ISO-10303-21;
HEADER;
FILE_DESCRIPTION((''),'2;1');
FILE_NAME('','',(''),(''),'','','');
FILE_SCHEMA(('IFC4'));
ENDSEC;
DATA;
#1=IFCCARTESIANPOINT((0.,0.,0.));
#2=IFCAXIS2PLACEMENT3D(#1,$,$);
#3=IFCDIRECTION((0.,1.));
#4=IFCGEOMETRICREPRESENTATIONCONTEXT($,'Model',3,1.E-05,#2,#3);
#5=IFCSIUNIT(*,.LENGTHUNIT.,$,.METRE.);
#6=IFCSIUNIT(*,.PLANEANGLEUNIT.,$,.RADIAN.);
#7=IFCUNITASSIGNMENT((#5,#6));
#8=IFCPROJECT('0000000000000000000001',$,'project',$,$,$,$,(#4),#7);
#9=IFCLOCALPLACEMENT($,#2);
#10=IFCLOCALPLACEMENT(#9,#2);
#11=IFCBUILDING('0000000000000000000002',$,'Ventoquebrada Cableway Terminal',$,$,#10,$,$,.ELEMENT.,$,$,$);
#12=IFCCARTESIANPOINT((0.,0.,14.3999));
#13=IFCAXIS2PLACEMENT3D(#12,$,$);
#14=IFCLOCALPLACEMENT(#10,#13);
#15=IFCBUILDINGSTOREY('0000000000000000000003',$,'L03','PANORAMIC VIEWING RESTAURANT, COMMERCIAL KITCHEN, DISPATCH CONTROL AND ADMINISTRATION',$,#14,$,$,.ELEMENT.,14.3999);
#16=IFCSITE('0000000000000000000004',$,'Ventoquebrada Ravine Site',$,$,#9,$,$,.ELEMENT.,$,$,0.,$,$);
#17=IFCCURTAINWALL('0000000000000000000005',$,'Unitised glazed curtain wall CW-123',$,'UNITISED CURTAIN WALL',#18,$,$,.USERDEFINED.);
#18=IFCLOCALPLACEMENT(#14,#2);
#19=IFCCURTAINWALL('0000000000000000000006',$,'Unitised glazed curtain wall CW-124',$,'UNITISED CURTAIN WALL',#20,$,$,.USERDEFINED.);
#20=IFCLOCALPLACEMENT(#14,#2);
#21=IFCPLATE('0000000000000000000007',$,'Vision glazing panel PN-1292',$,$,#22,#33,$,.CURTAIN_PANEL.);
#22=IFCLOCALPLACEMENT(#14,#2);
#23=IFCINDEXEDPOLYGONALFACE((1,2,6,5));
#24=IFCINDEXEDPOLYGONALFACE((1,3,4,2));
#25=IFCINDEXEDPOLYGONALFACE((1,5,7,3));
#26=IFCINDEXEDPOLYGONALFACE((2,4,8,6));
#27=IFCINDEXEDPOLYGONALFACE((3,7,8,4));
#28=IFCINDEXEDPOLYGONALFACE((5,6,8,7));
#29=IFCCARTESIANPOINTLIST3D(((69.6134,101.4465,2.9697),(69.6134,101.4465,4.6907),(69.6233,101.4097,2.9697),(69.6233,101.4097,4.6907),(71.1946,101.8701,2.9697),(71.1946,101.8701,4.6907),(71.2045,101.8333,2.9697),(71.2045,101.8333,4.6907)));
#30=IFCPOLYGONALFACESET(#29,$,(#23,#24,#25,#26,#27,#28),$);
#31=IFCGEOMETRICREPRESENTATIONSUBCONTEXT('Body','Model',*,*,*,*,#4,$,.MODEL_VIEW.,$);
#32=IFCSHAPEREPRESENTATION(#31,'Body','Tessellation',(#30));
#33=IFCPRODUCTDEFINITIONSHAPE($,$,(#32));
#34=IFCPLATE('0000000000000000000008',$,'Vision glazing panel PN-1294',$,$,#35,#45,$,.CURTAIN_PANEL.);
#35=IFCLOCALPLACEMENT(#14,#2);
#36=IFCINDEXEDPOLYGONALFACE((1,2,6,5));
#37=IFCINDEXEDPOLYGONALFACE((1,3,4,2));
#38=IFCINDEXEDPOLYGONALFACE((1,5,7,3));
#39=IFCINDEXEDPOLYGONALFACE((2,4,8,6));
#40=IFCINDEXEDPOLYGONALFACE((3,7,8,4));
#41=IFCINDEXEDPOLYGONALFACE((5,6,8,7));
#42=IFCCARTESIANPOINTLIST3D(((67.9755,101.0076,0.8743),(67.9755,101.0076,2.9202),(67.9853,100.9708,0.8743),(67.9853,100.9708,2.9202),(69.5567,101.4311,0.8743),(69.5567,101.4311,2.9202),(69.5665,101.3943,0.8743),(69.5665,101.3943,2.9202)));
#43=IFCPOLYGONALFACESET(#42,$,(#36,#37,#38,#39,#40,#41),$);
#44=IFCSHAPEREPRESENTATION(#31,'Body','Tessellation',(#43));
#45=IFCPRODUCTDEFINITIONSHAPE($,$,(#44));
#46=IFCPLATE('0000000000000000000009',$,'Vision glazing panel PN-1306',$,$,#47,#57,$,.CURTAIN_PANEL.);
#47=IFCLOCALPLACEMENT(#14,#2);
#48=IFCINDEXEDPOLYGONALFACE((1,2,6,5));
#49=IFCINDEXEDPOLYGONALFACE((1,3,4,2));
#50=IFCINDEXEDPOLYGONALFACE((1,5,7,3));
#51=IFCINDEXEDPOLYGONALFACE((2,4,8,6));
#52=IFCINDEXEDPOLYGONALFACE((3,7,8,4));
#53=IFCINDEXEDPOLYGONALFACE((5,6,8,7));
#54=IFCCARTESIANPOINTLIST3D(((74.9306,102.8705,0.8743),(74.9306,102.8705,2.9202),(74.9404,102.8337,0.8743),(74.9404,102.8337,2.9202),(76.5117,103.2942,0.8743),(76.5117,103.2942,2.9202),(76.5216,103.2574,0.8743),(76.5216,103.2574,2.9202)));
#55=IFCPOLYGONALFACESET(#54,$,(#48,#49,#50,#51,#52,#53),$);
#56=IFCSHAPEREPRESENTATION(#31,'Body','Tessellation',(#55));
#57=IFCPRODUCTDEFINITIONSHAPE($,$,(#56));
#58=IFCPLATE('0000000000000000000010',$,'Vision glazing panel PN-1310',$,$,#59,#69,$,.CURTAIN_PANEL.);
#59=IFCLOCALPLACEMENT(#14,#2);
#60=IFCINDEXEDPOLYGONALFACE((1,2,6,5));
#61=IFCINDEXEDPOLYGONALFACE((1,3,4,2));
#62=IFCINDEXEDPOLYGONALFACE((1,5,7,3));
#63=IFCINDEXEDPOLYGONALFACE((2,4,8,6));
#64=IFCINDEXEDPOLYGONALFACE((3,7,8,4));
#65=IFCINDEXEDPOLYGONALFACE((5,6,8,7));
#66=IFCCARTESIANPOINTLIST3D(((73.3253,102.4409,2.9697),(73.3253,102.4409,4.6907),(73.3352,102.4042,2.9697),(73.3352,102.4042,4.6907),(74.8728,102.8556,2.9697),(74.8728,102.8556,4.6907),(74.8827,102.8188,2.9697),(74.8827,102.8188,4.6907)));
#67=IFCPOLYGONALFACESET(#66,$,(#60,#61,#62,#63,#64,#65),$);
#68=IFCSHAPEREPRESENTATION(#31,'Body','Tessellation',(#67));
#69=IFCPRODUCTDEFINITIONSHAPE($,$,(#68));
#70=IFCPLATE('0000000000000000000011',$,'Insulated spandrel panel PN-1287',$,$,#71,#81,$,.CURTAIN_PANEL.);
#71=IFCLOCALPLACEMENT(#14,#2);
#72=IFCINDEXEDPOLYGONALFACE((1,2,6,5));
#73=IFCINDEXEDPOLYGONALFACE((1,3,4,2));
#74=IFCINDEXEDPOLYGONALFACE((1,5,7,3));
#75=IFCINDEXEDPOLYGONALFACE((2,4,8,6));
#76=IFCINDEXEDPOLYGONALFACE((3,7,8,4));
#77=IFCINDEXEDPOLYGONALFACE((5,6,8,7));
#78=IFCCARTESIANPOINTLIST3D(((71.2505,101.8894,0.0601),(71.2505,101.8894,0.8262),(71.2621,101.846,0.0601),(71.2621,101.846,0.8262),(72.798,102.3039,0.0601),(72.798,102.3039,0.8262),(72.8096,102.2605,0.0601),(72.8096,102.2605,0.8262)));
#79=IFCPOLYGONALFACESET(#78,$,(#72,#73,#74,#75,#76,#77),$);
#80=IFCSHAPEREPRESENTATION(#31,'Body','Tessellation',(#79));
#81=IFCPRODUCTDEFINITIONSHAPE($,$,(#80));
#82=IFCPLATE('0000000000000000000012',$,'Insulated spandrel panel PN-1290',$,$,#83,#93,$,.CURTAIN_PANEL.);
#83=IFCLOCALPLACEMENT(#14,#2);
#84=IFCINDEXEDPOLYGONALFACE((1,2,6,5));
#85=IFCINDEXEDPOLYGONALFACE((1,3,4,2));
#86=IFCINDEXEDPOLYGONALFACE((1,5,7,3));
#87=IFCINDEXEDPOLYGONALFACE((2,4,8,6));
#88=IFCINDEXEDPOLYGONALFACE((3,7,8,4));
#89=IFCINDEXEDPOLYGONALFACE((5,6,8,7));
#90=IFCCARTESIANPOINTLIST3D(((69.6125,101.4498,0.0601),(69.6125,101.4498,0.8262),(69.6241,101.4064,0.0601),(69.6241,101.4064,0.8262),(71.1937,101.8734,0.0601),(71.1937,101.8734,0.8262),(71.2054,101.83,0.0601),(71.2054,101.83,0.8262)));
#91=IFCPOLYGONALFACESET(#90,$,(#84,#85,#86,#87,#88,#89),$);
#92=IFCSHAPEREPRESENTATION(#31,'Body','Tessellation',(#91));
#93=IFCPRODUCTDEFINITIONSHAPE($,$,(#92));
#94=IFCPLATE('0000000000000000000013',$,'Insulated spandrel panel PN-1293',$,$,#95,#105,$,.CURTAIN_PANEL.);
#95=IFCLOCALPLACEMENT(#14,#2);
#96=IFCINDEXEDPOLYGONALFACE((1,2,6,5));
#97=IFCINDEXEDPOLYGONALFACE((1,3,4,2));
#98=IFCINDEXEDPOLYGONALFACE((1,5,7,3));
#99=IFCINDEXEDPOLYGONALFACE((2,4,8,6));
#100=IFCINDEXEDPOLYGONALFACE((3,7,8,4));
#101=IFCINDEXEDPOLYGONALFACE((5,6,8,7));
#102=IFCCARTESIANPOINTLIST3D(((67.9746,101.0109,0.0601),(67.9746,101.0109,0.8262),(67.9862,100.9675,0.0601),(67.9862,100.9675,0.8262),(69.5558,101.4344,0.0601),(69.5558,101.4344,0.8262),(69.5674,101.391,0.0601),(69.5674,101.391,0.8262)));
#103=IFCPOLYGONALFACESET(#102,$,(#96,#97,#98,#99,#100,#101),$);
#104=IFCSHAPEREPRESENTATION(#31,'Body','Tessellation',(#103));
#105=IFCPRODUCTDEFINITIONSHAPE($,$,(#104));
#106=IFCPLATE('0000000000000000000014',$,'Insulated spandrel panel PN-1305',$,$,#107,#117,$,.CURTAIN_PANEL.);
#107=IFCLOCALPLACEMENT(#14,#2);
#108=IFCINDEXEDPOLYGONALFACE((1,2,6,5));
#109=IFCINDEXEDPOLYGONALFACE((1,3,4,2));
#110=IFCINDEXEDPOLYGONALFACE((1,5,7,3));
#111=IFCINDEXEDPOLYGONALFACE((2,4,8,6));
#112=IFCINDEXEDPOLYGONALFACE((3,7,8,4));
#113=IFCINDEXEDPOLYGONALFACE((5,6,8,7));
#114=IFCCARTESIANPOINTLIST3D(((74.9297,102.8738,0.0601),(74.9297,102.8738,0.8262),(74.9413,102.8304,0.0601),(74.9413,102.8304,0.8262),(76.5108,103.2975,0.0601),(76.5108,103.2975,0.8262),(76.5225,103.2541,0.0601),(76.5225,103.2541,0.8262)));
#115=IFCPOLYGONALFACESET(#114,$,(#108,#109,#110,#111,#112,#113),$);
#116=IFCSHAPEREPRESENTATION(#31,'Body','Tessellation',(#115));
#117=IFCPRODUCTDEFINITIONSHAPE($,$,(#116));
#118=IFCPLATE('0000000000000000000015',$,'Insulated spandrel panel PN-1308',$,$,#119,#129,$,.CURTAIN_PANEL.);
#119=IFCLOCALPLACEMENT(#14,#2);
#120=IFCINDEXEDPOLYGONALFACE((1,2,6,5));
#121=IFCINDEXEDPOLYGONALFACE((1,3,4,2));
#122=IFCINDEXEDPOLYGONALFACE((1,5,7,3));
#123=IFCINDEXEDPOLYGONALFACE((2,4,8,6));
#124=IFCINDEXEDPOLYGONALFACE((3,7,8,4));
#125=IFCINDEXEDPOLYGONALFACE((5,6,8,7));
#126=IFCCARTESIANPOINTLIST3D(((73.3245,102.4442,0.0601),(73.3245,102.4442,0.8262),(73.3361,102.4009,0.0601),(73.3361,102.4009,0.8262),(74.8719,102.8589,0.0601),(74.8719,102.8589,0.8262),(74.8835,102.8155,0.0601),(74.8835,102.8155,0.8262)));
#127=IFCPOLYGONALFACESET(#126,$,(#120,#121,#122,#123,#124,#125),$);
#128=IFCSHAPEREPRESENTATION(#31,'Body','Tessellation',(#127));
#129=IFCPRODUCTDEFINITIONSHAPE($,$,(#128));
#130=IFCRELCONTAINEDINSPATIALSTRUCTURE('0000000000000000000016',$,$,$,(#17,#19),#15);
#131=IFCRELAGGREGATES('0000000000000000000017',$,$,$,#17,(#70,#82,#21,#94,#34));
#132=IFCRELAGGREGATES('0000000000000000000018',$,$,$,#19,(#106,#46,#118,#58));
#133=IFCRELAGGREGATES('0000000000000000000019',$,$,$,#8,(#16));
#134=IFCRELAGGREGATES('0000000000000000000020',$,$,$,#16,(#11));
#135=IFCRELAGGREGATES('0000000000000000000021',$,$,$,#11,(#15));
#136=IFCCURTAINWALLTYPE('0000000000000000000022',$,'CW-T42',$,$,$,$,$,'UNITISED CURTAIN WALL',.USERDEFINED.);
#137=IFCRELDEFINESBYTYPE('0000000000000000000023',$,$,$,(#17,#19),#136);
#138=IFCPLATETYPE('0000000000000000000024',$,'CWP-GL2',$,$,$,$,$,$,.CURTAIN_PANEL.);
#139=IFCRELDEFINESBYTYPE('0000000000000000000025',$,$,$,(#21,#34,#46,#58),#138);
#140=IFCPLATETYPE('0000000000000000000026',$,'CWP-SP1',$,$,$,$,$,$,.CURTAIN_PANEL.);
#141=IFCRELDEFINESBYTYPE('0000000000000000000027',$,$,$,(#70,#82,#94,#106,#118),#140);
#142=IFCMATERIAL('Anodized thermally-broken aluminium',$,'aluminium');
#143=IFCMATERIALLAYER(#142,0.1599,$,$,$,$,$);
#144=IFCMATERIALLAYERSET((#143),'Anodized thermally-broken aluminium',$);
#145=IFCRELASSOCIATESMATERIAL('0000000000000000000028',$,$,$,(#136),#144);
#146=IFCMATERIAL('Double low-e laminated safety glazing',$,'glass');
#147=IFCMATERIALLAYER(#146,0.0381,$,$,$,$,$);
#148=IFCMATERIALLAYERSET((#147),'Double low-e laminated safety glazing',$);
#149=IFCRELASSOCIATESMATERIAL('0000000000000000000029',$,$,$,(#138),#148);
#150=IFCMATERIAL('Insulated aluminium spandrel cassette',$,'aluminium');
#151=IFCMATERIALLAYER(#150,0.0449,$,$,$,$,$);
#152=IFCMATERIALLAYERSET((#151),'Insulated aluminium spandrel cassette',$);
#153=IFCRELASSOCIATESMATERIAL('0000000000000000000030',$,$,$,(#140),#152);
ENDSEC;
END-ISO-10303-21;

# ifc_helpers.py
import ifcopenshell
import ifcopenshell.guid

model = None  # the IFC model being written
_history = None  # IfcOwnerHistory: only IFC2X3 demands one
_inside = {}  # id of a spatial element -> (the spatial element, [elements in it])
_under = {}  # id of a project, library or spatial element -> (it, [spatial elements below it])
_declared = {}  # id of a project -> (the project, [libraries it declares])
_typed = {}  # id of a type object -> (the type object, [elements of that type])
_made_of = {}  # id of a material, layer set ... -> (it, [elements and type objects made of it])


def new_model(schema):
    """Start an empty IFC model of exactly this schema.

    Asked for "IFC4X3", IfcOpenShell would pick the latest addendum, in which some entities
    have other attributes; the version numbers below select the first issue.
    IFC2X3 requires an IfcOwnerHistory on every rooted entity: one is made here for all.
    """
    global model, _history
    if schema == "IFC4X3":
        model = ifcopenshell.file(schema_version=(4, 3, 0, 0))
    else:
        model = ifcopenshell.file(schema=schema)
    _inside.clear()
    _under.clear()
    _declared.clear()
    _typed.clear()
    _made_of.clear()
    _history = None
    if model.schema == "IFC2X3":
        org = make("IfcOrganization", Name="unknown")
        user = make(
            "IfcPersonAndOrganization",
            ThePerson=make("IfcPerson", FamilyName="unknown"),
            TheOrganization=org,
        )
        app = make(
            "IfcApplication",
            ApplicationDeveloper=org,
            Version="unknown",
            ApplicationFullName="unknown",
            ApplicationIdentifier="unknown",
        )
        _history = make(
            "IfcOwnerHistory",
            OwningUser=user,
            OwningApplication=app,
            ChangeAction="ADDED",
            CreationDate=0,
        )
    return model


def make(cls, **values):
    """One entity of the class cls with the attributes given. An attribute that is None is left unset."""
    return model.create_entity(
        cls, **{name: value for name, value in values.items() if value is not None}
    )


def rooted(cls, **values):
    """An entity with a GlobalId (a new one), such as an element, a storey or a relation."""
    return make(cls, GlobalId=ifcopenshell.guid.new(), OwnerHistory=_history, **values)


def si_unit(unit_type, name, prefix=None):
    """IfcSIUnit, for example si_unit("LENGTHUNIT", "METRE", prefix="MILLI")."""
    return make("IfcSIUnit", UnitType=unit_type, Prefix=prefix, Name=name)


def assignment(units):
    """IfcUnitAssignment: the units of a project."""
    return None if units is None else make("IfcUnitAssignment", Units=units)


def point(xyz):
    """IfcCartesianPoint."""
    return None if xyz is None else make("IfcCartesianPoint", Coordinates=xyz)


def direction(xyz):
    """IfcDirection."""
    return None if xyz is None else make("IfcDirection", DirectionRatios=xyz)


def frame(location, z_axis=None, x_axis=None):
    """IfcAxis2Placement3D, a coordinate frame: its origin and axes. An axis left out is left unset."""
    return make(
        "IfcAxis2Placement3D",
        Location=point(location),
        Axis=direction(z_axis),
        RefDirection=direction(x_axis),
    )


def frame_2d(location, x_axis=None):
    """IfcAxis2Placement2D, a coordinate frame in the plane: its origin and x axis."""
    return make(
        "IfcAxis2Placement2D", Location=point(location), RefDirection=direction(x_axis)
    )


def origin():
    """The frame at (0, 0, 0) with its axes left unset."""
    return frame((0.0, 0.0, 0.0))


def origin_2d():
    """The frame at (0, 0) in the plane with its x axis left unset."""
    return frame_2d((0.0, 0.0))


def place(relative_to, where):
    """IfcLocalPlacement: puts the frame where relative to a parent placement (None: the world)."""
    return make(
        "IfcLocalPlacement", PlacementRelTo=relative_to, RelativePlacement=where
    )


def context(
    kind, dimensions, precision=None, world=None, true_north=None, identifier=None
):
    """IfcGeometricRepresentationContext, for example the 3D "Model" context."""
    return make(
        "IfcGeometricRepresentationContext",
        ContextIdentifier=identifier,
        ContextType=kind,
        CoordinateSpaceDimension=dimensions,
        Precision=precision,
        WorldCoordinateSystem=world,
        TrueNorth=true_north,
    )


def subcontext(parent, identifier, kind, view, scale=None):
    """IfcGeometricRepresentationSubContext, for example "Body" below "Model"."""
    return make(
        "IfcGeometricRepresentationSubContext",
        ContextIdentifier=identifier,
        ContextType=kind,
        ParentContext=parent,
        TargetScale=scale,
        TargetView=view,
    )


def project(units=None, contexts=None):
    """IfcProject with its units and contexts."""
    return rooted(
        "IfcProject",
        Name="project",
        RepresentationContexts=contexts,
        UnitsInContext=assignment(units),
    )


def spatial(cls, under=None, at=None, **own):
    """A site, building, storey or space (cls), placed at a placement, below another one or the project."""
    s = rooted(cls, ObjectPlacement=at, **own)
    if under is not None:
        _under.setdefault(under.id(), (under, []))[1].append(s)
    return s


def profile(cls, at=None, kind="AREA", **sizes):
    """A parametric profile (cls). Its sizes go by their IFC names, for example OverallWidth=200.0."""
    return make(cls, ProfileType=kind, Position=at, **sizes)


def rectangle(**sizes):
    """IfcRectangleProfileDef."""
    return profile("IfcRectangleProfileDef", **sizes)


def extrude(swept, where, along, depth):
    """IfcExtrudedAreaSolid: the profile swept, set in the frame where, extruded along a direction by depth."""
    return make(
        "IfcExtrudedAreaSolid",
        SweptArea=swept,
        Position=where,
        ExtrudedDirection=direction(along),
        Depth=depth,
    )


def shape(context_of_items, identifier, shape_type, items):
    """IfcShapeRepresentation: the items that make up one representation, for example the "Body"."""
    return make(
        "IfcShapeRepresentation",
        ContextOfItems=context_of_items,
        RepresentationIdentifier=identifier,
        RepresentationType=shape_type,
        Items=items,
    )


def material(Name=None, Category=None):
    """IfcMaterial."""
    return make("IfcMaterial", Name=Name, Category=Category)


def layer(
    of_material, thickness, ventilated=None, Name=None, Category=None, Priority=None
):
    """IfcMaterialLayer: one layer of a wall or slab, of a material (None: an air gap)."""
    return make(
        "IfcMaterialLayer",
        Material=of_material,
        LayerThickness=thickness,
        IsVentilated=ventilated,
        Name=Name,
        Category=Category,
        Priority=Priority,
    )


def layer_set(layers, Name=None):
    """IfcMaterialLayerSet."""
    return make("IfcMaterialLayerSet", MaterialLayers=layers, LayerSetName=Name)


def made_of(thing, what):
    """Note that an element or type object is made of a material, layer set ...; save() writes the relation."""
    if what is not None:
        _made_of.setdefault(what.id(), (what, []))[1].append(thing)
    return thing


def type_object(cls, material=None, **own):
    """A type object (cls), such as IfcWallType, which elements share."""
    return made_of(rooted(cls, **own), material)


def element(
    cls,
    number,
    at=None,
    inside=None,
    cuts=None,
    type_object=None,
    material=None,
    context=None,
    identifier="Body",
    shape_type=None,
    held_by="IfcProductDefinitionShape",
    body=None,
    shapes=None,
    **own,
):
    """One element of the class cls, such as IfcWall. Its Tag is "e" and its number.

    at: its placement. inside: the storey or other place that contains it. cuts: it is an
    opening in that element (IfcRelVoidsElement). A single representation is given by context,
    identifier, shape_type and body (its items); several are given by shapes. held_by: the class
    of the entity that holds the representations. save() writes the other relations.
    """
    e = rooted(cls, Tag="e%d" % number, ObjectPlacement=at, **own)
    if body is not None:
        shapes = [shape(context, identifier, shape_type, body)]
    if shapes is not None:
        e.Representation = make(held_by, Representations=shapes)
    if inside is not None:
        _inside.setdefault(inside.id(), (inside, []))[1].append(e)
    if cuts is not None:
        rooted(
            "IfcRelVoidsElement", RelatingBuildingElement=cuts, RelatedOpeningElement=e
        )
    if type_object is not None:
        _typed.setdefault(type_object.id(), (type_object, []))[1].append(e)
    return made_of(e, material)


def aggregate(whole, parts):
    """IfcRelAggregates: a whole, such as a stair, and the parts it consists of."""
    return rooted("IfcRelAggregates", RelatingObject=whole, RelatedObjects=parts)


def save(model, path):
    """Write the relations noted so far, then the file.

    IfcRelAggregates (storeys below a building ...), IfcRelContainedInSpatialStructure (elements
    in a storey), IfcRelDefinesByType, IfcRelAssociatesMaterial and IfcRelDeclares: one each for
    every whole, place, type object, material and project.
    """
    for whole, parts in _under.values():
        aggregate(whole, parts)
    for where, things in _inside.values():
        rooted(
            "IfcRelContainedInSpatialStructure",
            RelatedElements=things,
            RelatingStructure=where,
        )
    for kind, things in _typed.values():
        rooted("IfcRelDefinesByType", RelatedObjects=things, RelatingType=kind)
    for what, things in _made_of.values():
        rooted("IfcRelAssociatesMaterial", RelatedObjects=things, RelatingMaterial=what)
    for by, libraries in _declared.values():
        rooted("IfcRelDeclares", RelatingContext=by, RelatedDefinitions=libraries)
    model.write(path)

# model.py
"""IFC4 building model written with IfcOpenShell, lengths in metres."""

from ifc_helpers import new_model, si_unit, direction, frame, origin, origin_2d, place, context, subcontext, project, spatial, rectangle, extrude, material, layer, layer_set, type_object, element, aggregate, save


model = new_model("IFC4")

# Units and contexts
model_context = context("Model", 3, precision=1e-05, world=origin(), true_north=direction((0.0, 1.0)))
body_context = subcontext(model_context, "Body", "Model", "MODEL_VIEW")
ifc_project = project(units=[si_unit("LENGTHUNIT", "METRE"), si_unit("PLANEANGLEUNIT", "RADIAN")], contexts=[model_context])

# Site, building, storey
site_placement = place(None, origin())
site = spatial("IfcSite", under=ifc_project, at=site_placement, Name="Ventoquebrada Ravine Site", CompositionType="ELEMENT", RefElevation=0.0)
building_placement = place(site_placement, origin())
building = spatial("IfcBuilding", under=site, at=building_placement, Name="Ventoquebrada Cableway Terminal", CompositionType="ELEMENT")
storey_placement = place(building_placement, frame((0.0, 0.0, 14.3999)))
storey = spatial("IfcBuildingStorey", under=building, at=storey_placement, Name="L03", Description="PANORAMIC VIEWING RESTAURANT, COMMERCIAL KITCHEN, DISPATCH CONTROL AND ADMINISTRATION", CompositionType="ELEMENT", Elevation=14.3999)

# Curtain walls
ifc_material_1 = material(Name="Anodized thermally-broken aluminium", Category="aluminium")
ifc_layer_1 = layer(ifc_material_1, 0.1599)
ifc_layer_set_1 = layer_set([ifc_layer_1], Name="Anodized thermally-broken aluminium")
curtain_wall_type = type_object("IfcCurtainWallType", Name="CW-T42", ElementType="UNITISED CURTAIN WALL", PredefinedType="USERDEFINED", material=ifc_layer_set_1)
curtain_wall_1_placement = place(storey_placement, origin())
curtain_wall_1 = element("IfcCurtainWall", 1, at=curtain_wall_1_placement, inside=storey, type_object=curtain_wall_type, Name="Unitised glazed curtain wall CW-123", ObjectType="UNITISED CURTAIN WALL", PredefinedType="USERDEFINED")
curtain_wall_2_placement = place(storey_placement, origin())
curtain_wall_2 = element("IfcCurtainWall", 2, at=curtain_wall_2_placement, inside=storey, type_object=curtain_wall_type, Name="Unitised glazed curtain wall CW-124", ObjectType="UNITISED CURTAIN WALL", PredefinedType="USERDEFINED")

# Plates
ifc_material_2 = material(Name="Double low-e laminated safety glazing", Category="glass")
ifc_layer_2 = layer(ifc_material_2, 0.0381)
ifc_layer_set_2 = layer_set([ifc_layer_2], Name="Double low-e laminated safety glazing")
plate_type_1 = type_object("IfcPlateType", Name="CWP-GL2", PredefinedType="CURTAIN_PANEL", material=ifc_layer_set_2)
plate_1_placement = place(storey_placement, frame((70.4089, 101.6399, 2.9697), z_axis=(0.0, 0.0, 1.0), x_axis=(-0.965948, -0.258735, 0.0)))
plate_1 = element("IfcPlate", 3, at=plate_1_placement, type_object=plate_type_1, Name="Vision glazing panel PN-1292", PredefinedType="CURTAIN_PANEL", context=body_context, shape_type="SweptSolid", body=[
    extrude(rectangle(XDim=1.637, YDim=0.0381, at=origin_2d()), origin(), (0.0, 0.0, 1.0), 1.7209),
])
plate_2_placement = place(storey_placement, frame((68.771, 101.2009, 0.8743), z_axis=(0.0, 0.0, 1.0), x_axis=(-0.965948, -0.258735, 0.0)))
plate_2 = element("IfcPlate", 4, at=plate_2_placement, type_object=plate_type_1, Name="Vision glazing panel PN-1294", PredefinedType="CURTAIN_PANEL", context=body_context, shape_type="SweptSolid", body=[
    extrude(rectangle(XDim=1.637, YDim=0.0381, at=origin_2d()), origin(), (0.0, 0.0, 1.0), 2.0459),
])
plate_3_placement = place(storey_placement, frame((75.7261, 103.064, 0.8743), z_axis=(0.0, 0.0, 1.0), x_axis=(-0.965921, -0.258836, 0.0)))
plate_3 = element("IfcPlate", 5, at=plate_3_placement, type_object=plate_type_1, Name="Vision glazing panel PN-1306", PredefinedType="CURTAIN_PANEL", context=body_context, shape_type="SweptSolid", body=[
    extrude(rectangle(XDim=1.637, YDim=0.0381, at=origin_2d()), origin(), (0.0, 0.0, 1.0), 2.0459),
])
plate_4_placement = place(storey_placement, frame((74.104, 102.6299, 2.9697), z_axis=(0.0, 0.0, 1.0), x_axis=(-0.965921, -0.258836, 0.0)))
plate_4 = element("IfcPlate", 6, at=plate_4_placement, type_object=plate_type_1, Name="Vision glazing panel PN-1310", PredefinedType="CURTAIN_PANEL", context=body_context, shape_type="SweptSolid", body=[
    extrude(rectangle(XDim=1.6021, YDim=0.0381, at=origin_2d()), origin(), (0.0, 0.0, 1.0), 1.7209),
])
ifc_material_3 = material(Name="Insulated aluminium spandrel cassette", Category="aluminium")
ifc_layer_3 = layer(ifc_material_3, 0.0449)
ifc_layer_set_3 = layer_set([ifc_layer_3], Name="Insulated aluminium spandrel cassette")
plate_type_2 = type_object("IfcPlateType", Name="CWP-SP1", PredefinedType="CURTAIN_PANEL", material=ifc_layer_set_3)
plate_5_placement = place(storey_placement, frame((72.03, 102.075, 0.0601), z_axis=(0.0, 0.0, 1.0), x_axis=(-0.965948, -0.258735, 0.0)))
plate_5 = element("IfcPlate", 7, at=plate_5_placement, type_object=plate_type_2, Name="Insulated spandrel panel PN-1287", PredefinedType="CURTAIN_PANEL", context=body_context, shape_type="SweptSolid", body=[
    extrude(rectangle(XDim=1.6021, YDim=0.0449, at=origin_2d()), origin(), (0.0, 0.0, 1.0), 0.7661),
])
plate_6_placement = place(storey_placement, frame((70.4089, 101.6399, 0.0601), z_axis=(0.0, 0.0, 1.0), x_axis=(-0.965948, -0.258735, 0.0)))
plate_6 = element("IfcPlate", 8, at=plate_6_placement, type_object=plate_type_2, Name="Insulated spandrel panel PN-1290", PredefinedType="CURTAIN_PANEL", context=body_context, shape_type="SweptSolid", body=[
    extrude(rectangle(XDim=1.637, YDim=0.0449, at=origin_2d()), origin(), (0.0, 0.0, 1.0), 0.7661),
])
plate_7_placement = place(storey_placement, frame((68.771, 101.2009, 0.0601), z_axis=(0.0, 0.0, 1.0), x_axis=(-0.965948, -0.258735, 0.0)))
plate_7 = element("IfcPlate", 9, at=plate_7_placement, type_object=plate_type_2, Name="Insulated spandrel panel PN-1293", PredefinedType="CURTAIN_PANEL", context=body_context, shape_type="SweptSolid", body=[
    extrude(rectangle(XDim=1.637, YDim=0.0449, at=origin_2d()), origin(), (0.0, 0.0, 1.0), 0.7661),
])
aggregate(curtain_wall_1, [plate_5, plate_6, plate_1, plate_7, plate_2])
plate_8_placement = place(storey_placement, frame((75.7261, 103.064, 0.0601), z_axis=(0.0, 0.0, 1.0), x_axis=(-0.965921, -0.258836, 0.0)))
plate_8 = element("IfcPlate", 10, at=plate_8_placement, type_object=plate_type_2, Name="Insulated spandrel panel PN-1305", PredefinedType="CURTAIN_PANEL", context=body_context, shape_type="SweptSolid", body=[
    extrude(rectangle(XDim=1.637, YDim=0.0449, at=origin_2d()), origin(), (0.0, 0.0, 1.0), 0.7661),
])
plate_9_placement = place(storey_placement, frame((74.104, 102.6299, 0.0601), z_axis=(0.0, 0.0, 1.0), x_axis=(-0.965921, -0.258836, 0.0)))
plate_9 = element("IfcPlate", 11, at=plate_9_placement, type_object=plate_type_2, Name="Insulated spandrel panel PN-1308", PredefinedType="CURTAIN_PANEL", context=body_context, shape_type="SweptSolid", body=[
    extrude(rectangle(XDim=1.6021, YDim=0.0449, at=origin_2d()), origin(), (0.0, 0.0, 1.0), 0.7661),
])
aggregate(curtain_wall_2, [plate_8, plate_3, plate_9, plate_4])

save(model, "model.ifc")
